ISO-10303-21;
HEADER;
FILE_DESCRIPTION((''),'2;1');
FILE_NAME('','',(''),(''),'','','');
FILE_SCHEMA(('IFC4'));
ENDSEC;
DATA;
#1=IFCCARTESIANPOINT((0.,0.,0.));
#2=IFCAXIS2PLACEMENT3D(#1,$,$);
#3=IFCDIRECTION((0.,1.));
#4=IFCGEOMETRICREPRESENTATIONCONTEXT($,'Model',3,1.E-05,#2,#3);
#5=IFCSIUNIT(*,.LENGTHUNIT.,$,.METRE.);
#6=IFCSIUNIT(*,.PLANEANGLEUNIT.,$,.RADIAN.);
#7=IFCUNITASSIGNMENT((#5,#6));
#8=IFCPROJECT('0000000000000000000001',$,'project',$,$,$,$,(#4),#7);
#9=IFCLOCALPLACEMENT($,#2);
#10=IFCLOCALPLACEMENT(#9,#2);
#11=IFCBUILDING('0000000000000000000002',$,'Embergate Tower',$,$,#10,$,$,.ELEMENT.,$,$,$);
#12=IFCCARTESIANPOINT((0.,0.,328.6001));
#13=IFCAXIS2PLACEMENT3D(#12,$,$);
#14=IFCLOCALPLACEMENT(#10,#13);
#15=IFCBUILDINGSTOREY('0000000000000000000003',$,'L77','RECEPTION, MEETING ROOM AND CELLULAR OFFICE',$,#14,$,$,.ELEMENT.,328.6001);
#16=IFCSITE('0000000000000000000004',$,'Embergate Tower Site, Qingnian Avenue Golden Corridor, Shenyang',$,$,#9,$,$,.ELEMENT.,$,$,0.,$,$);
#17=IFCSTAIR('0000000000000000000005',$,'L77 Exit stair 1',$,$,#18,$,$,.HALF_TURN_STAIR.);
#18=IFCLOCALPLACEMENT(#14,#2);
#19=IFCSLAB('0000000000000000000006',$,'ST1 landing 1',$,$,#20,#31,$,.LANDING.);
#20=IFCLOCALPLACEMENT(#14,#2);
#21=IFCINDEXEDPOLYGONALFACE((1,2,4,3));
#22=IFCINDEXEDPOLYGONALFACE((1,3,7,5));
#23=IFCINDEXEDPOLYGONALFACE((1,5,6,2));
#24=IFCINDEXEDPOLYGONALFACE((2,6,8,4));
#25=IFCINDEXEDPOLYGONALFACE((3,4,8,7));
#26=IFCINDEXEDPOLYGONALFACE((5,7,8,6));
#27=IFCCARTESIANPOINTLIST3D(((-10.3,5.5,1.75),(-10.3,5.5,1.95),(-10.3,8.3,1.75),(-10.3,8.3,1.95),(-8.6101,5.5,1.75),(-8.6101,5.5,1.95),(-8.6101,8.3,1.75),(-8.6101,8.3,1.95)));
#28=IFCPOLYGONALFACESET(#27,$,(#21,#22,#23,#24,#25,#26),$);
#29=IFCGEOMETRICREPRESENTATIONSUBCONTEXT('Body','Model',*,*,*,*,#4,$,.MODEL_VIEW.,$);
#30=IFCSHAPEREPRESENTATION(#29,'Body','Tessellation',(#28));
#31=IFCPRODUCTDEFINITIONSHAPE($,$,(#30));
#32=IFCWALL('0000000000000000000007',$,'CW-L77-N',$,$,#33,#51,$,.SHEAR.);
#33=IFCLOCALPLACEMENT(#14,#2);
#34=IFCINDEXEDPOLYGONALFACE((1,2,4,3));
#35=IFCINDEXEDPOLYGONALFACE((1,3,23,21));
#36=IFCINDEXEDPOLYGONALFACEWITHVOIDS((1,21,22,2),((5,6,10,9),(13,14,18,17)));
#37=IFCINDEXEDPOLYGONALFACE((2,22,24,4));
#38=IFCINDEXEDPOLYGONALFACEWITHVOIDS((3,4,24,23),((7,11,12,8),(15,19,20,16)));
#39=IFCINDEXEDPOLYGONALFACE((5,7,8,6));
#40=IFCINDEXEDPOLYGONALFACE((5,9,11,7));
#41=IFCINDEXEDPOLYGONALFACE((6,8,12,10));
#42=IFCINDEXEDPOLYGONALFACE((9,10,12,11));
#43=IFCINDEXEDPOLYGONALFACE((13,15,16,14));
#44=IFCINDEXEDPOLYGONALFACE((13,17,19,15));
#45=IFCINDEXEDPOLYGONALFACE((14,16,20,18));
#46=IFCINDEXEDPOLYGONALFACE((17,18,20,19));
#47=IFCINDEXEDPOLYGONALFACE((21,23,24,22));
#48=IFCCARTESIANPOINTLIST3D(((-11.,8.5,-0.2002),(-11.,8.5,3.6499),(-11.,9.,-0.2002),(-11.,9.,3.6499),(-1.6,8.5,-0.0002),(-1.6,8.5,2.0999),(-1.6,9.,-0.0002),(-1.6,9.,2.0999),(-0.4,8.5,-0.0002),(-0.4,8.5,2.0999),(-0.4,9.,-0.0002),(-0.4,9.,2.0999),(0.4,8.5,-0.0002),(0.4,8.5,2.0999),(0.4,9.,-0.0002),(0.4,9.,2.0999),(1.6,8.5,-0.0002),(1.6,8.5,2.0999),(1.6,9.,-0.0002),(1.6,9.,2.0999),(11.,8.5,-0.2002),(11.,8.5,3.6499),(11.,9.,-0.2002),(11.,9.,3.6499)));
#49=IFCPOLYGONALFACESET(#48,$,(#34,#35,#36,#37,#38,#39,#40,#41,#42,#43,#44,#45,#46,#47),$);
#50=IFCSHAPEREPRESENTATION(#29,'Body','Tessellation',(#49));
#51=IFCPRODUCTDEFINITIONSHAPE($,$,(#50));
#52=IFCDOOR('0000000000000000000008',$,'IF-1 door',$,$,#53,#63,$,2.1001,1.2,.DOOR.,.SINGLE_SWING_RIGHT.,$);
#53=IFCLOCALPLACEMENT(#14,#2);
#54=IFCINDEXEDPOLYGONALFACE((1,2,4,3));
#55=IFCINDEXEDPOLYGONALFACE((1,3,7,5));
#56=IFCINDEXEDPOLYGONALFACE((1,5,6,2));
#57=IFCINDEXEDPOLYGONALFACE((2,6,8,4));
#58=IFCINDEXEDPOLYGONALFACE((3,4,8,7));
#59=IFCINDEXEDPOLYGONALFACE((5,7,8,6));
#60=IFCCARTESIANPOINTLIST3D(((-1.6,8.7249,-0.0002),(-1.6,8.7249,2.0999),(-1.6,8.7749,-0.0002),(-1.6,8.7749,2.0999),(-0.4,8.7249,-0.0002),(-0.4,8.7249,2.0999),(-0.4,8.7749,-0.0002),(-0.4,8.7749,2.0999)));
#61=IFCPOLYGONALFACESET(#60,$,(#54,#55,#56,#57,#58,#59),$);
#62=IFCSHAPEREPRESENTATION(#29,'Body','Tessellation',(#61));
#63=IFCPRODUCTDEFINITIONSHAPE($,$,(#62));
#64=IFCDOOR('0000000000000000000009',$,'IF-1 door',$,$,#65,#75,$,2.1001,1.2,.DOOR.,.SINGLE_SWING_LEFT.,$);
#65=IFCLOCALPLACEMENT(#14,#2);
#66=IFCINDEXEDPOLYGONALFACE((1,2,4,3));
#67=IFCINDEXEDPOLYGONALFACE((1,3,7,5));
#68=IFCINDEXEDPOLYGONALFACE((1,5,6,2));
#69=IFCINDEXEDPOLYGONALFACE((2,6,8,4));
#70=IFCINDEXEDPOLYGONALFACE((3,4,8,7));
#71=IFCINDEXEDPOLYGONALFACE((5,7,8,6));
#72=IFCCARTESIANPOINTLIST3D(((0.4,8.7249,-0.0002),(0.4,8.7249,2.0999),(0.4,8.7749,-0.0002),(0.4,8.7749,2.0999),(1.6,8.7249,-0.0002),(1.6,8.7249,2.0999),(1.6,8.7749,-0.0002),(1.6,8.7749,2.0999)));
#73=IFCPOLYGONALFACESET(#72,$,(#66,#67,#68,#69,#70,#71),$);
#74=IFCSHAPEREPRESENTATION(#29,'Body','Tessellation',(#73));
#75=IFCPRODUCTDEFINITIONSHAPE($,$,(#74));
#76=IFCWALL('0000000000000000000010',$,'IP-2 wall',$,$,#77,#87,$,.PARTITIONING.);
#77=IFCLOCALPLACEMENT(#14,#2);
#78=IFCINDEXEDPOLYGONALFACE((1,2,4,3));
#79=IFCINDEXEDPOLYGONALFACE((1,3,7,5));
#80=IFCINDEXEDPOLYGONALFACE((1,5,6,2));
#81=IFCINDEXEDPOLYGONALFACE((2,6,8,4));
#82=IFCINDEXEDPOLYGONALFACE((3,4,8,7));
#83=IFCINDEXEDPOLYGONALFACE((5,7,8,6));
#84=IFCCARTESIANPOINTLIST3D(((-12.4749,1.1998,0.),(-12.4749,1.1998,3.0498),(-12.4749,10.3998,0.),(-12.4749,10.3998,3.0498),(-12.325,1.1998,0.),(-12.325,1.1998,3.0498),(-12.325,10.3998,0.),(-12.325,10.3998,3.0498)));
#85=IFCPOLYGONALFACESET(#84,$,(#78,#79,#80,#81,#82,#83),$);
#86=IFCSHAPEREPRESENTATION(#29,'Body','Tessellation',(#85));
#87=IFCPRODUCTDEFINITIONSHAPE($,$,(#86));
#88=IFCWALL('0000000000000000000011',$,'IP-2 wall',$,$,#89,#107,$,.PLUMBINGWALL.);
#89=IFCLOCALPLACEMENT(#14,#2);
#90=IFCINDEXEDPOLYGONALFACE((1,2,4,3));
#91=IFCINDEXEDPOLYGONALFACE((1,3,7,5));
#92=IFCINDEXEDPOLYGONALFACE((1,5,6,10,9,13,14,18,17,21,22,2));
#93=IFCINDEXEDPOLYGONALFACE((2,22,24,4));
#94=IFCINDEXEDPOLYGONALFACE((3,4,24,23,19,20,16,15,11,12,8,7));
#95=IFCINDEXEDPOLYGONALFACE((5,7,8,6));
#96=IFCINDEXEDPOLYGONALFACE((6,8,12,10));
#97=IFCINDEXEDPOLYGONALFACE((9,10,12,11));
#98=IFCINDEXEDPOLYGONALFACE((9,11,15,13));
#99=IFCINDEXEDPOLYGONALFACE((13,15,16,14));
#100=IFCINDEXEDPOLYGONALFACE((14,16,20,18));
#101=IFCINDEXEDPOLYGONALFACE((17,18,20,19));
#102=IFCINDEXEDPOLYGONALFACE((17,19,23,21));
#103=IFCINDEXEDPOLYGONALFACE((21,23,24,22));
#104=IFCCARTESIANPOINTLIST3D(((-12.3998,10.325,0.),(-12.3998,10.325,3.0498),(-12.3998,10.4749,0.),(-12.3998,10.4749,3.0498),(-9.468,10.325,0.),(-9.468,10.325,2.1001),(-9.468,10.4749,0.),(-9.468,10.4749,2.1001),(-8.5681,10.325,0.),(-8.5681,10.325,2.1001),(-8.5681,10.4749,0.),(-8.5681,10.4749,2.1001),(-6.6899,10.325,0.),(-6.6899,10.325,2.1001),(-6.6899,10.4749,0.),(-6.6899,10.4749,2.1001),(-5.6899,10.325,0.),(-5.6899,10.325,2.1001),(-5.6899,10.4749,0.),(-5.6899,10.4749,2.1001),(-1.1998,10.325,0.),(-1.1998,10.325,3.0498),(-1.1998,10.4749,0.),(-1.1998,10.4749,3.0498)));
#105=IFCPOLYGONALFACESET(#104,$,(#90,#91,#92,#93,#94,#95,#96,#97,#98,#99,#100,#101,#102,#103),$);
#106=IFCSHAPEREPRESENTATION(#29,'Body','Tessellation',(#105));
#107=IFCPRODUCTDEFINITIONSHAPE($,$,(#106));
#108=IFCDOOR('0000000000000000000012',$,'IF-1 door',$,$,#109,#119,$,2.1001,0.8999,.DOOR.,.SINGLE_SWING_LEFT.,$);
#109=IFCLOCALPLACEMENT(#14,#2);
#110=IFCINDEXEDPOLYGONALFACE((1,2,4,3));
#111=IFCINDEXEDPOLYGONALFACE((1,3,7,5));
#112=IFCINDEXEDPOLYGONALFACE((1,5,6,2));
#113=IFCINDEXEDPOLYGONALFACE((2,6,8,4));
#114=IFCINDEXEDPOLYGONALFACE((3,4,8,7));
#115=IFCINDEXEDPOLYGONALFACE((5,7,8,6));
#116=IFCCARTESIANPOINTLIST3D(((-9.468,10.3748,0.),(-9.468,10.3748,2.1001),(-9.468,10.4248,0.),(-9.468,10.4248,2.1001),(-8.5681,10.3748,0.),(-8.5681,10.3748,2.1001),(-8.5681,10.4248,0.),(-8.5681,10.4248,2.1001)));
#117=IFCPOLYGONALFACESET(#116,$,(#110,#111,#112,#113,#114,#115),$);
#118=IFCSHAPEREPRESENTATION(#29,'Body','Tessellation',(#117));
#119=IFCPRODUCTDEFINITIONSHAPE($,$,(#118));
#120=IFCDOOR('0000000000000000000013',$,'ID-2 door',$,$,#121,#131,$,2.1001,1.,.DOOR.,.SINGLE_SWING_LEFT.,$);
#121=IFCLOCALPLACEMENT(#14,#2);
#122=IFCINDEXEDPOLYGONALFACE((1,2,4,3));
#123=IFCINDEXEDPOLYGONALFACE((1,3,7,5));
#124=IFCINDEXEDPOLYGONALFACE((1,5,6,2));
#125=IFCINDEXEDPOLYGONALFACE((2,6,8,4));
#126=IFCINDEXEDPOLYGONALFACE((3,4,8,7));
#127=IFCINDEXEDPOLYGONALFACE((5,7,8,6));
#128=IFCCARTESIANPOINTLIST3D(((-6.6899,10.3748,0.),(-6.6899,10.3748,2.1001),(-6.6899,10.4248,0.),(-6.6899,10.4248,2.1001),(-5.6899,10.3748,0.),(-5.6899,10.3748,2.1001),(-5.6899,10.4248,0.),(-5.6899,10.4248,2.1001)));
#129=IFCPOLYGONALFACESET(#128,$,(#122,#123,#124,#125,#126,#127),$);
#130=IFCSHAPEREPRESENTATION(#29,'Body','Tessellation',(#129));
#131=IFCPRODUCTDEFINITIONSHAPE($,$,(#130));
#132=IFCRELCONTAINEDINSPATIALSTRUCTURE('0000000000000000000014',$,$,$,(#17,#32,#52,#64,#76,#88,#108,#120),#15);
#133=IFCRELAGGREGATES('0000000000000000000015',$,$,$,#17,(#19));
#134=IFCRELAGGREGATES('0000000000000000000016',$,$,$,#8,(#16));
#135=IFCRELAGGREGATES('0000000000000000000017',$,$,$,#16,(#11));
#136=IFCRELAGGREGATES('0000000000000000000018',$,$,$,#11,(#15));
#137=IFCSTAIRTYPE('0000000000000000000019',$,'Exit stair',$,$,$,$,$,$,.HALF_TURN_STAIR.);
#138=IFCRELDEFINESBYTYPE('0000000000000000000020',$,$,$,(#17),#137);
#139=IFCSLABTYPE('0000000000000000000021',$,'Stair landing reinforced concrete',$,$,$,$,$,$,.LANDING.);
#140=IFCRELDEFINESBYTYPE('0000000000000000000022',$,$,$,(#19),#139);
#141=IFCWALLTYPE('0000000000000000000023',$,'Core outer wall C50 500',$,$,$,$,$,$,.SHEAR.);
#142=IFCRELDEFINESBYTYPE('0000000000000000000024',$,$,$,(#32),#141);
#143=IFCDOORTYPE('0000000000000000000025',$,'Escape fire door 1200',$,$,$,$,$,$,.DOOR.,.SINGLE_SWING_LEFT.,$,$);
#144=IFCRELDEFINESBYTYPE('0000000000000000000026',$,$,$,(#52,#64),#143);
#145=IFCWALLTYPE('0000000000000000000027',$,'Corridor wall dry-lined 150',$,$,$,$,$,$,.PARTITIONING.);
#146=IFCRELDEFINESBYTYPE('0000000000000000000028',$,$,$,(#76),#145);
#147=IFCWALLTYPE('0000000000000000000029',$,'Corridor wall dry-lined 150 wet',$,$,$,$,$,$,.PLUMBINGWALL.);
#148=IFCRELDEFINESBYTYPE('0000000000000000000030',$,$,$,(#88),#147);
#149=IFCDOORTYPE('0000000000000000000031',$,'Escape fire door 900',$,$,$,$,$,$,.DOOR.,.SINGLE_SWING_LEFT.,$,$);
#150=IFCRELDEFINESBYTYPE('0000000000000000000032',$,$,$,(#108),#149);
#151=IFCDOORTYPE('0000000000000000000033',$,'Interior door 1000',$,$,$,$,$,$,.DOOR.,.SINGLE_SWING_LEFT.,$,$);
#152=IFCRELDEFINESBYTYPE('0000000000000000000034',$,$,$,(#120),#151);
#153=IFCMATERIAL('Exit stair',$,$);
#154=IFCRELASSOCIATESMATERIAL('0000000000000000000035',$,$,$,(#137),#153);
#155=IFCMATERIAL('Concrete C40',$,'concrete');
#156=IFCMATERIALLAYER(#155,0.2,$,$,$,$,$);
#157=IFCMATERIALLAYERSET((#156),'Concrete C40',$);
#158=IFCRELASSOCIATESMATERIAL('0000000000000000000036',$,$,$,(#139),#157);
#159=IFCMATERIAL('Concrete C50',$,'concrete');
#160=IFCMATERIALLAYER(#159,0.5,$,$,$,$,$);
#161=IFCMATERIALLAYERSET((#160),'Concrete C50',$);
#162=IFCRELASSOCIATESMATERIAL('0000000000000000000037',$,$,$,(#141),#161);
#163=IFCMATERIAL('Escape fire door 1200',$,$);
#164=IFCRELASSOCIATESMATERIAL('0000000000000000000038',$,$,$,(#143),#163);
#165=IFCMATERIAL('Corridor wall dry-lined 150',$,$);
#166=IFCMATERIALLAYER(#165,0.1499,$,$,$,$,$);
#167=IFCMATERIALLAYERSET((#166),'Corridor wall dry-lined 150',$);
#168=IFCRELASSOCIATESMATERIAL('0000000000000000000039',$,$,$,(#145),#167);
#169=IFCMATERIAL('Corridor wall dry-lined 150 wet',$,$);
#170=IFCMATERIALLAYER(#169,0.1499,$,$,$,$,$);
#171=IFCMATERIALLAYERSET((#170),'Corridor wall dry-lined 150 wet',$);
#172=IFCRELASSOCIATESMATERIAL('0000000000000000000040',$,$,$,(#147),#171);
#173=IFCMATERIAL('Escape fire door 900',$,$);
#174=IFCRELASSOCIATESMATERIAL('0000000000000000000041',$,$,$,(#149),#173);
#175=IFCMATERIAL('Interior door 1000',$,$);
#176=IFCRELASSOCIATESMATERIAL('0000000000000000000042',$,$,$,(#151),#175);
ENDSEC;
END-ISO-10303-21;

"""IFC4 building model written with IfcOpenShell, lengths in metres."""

from ifc_helpers import new_model, si_unit, direction, frame, frame_2d, origin, place, context, subcontext, project, spatial, polyline, rectangle, outline, extrude, source, transform, mapped, material, layer, layer_set, type_object, element, fill, aggregate, save


model = new_model("IFC4")

# Units and contexts
model_context = context("Model", 3, precision=1e-05, world=origin(), true_north=direction((0.0, 1.0)))
body_context = subcontext(model_context, "Body", "Model", "MODEL_VIEW")
ifc_project = project(units=[si_unit("LENGTHUNIT", "METRE"), si_unit("PLANEANGLEUNIT", "RADIAN")], contexts=[model_context])

# Site, building, storey
site_placement = place(None, origin())
site = spatial("IfcSite", under=ifc_project, at=site_placement, Name="Embergate Tower Site, Qingnian Avenue Golden Corridor, Shenyang", CompositionType="ELEMENT", RefElevation=0.0)
building_placement = place(site_placement, origin())
building = spatial("IfcBuilding", under=site, at=building_placement, Name="Embergate Tower", CompositionType="ELEMENT")
storey_placement = place(building_placement, frame((0.0, 0.0, 328.6001)))
storey = spatial("IfcBuildingStorey", under=building, at=storey_placement, Name="L77", Description="RECEPTION, MEETING ROOM AND CELLULAR OFFICE", CompositionType="ELEMENT", Elevation=328.6001)

# Stair, slab
ifc_material_1 = material(Name="Exit stair")
stair_type = type_object("IfcStairType", Name="Exit stair", PredefinedType="HALF_TURN_STAIR", material=ifc_material_1)
stair_placement = place(storey_placement, origin())
stair = element("IfcStair", 1, at=stair_placement, inside=storey, type_object=stair_type, Name="L77 Exit stair 1", PredefinedType="HALF_TURN_STAIR")
ifc_material_2 = material(Name="Concrete C40", Category="concrete")
ifc_layer_1 = layer(ifc_material_2, 0.2)
ifc_layer_set_1 = layer_set([ifc_layer_1], Name="Concrete C40")
slab_type = type_object("IfcSlabType", Name="Stair landing reinforced concrete", PredefinedType="LANDING", material=ifc_layer_set_1)
shared_shape_1 = source(origin(), body_context, "Body", "SweptSolid", [
    extrude(outline(polyline([(0.0, 0.0), (1.6899, 0.0), (1.6899, 2.8), (0.0, 2.8), (0.0, 0.0)])), origin(), (0.0, 0.0, 1.0), 0.2),
])
slab_placement = place(storey_placement, frame((-10.3, 5.5, 1.75)))
slab = element("IfcSlab", 2, at=slab_placement, type_object=slab_type, Name="ST1 landing 1", PredefinedType="LANDING", context=body_context, shape_type="MappedRepresentation", body=[
    mapped(shared_shape_1, transform((0.0, 0.0, 0.0))),
])

# Wall, openings, doors
ifc_material_3 = material(Name="Concrete C50", Category="concrete")
ifc_layer_2 = layer(ifc_material_3, 0.5)
ifc_layer_set_2 = layer_set([ifc_layer_2], Name="Concrete C50")
wall_type_1 = type_object("IfcWallType", Name="Core outer wall C50 500", PredefinedType="SHEAR", material=ifc_layer_set_2)
shared_shape_2 = source(origin(), body_context, "Body", "SweptSolid", [
    extrude(rectangle(XDim=22.0, YDim=0.5, at=frame_2d((11.0, 0.0))), origin(), (0.0, 0.0, 1.0), 3.8501),
])
wall_1_placement = place(storey_placement, frame((-11.0, 8.75, -0.2002), z_axis=(0.0, 0.0, 1.0), x_axis=(1.0, 0.0, 0.0)))
wall_1 = element("IfcWall", 3, at=wall_1_placement, inside=storey, type_object=wall_type_1, Name="CW-L77-N", PredefinedType="SHEAR", context=body_context, shape_type="MappedRepresentation", body=[
    mapped(shared_shape_2, transform((0.0, 0.0, 0.0))),
])
shared_shape_3 = source(origin(), body_context, "Body", "SweptSolid", [
    extrude(rectangle(XDim=1.2, YDim=2.1001, at=frame_2d((0.6001, 1.05))), frame((0.0, 0.26, 0.0), z_axis=(0.0, -1.0, 0.0), x_axis=(1.0, 0.0, 0.0)), (0.0, 0.0, 1.0), 0.52),
])
opening_1_placement = place(wall_1_placement, frame((9.3999, 0.0, 0.2)))
opening_1 = element("IfcOpeningElement", 4, at=opening_1_placement, cuts=wall_1, PredefinedType="OPENING", context=body_context, shape_type="MappedRepresentation", body=[
    mapped(shared_shape_3, transform((0.0, 0.0, 0.0))),
])
opening_2_placement = place(wall_1_placement, frame((11.3999, 0.0, 0.2)))
opening_2 = element("IfcOpeningElement", 5, at=opening_2_placement, cuts=wall_1, PredefinedType="OPENING", context=body_context, shape_type="MappedRepresentation", body=[
    mapped(shared_shape_3, transform((0.0, 0.0, 0.0))),
])
ifc_material_4 = material(Name="Escape fire door 1200")
door_type_1 = type_object("IfcDoorType", Name="Escape fire door 1200", OperationType="SINGLE_SWING_LEFT", PredefinedType="DOOR", material=ifc_material_4)
shared_shape_4 = source(origin(), body_context, "Body", "SweptSolid", [
    extrude(rectangle(XDim=1.2, YDim=2.1001, at=frame_2d((0.6001, 1.05))), frame((0.0, 0.0249, 0.0), z_axis=(0.0, -1.0, 0.0), x_axis=(1.0, 0.0, 0.0)), (0.0, 0.0, 1.0), 0.05),
])
door_1_placement = place(opening_1_placement, origin())
door_1 = element("IfcDoor", 6, at=door_1_placement, inside=storey, type_object=door_type_1, Name="IF-1 door", OperationType="SINGLE_SWING_RIGHT", OverallHeight=2.1001, OverallWidth=1.2, PredefinedType="DOOR", context=body_context, shape_type="MappedRepresentation", body=[
    mapped(shared_shape_4, transform((0.0, 0.0, 0.0))),
])
fill(opening_1, door_1)
door_2_placement = place(opening_2_placement, origin())
door_2 = element("IfcDoor", 7, at=door_2_placement, inside=storey, type_object=door_type_1, Name="IF-1 door", OperationType="SINGLE_SWING_LEFT", OverallHeight=2.1001, OverallWidth=1.2, PredefinedType="DOOR", context=body_context, shape_type="MappedRepresentation", body=[
    mapped(shared_shape_4, transform((0.0, 0.0, 0.0))),
])
fill(opening_2, door_2)

# Wall
ifc_material_5 = material(Name="Corridor wall dry-lined 150")
ifc_layer_3 = layer(ifc_material_5, 0.1499)
ifc_layer_set_3 = layer_set([ifc_layer_3], Name="Corridor wall dry-lined 150")
wall_type_2 = type_object("IfcWallType", Name="Corridor wall dry-lined 150", PredefinedType="PARTITIONING", material=ifc_layer_set_3)
shared_shape_5 = source(origin(), body_context, "Body", "SweptSolid", [
    extrude(rectangle(XDim=9.2, YDim=0.1499, at=frame_2d((4.6001, 0.0))), origin(), (0.0, 0.0, 1.0), 3.0498),
])
wall_2_placement = place(storey_placement, frame((-12.3999, 10.3999, 0.0), z_axis=(0.0, 0.0, 1.0), x_axis=(0.0, -1.0, 0.0)))
element("IfcWall", 8, at=wall_2_placement, inside=storey, type_object=wall_type_2, Name="IP-2 wall", PredefinedType="PARTITIONING", context=body_context, shape_type="MappedRepresentation", body=[
    mapped(shared_shape_5, transform((0.0, 0.0, 0.0))),
])

# Wall, openings, doors
ifc_material_6 = material(Name="Corridor wall dry-lined 150 wet")
ifc_layer_4 = layer(ifc_material_6, 0.1499)
ifc_layer_set_4 = layer_set([ifc_layer_4], Name="Corridor wall dry-lined 150 wet")
wall_type_3 = type_object("IfcWallType", Name="Corridor wall dry-lined 150 wet", PredefinedType="PLUMBINGWALL", material=ifc_layer_set_4)
shared_shape_6 = source(origin(), body_context, "Body", "SweptSolid", [
    extrude(rectangle(XDim=11.2, YDim=0.1499, at=frame_2d((5.6001, 0.0))), origin(), (0.0, 0.0, 1.0), 3.0498),
])
wall_3_placement = place(storey_placement, frame((-12.3999, 10.3999, 0.0), z_axis=(0.0, 0.0, 1.0), x_axis=(1.0, 0.0, 0.0)))
wall_3 = element("IfcWall", 9, at=wall_3_placement, inside=storey, type_object=wall_type_3, Name="IP-2 wall", PredefinedType="PLUMBINGWALL", context=body_context, shape_type="MappedRepresentation", body=[
    mapped(shared_shape_6, transform((0.0, 0.0, 0.0))),
])
shared_shape_7 = source(origin(), body_context, "Body", "SweptSolid", [
    extrude(rectangle(XDim=1.0, YDim=2.1001, at=frame_2d((0.5, 1.05))), frame((0.0, 0.085, 0.0), z_axis=(0.0, -1.0, 0.0), x_axis=(1.0, 0.0, 0.0)), (0.0, 0.0, 1.0), 0.1699),
])
opening_3_placement = place(wall_3_placement, frame((5.71, 0.0, 0.0)))
opening_3 = element("IfcOpeningElement", 10, at=opening_3_placement, cuts=wall_3, PredefinedType="OPENING", context=body_context, shape_type="MappedRepresentation", body=[
    mapped(shared_shape_7, transform((0.0, 0.0, 0.0))),
])
shared_shape_8 = source(origin(), body_context, "Body", "SweptSolid", [
    extrude(rectangle(XDim=0.8999, YDim=2.1001, at=frame_2d((0.45, 1.05))), frame((0.0, 0.085, 0.0), z_axis=(0.0, -1.0, 0.0), x_axis=(1.0, 0.0, 0.0)), (0.0, 0.0, 1.0), 0.1699),
])
opening_4_placement = place(wall_3_placement, frame((2.9319, 0.0, 0.0)))
opening_4 = element("IfcOpeningElement", 11, at=opening_4_placement, cuts=wall_3, PredefinedType="OPENING", context=body_context, shape_type="MappedRepresentation", body=[
    mapped(shared_shape_8, transform((0.0, 0.0, 0.0))),
])
ifc_material_7 = material(Name="Escape fire door 900")
door_type_2 = type_object("IfcDoorType", Name="Escape fire door 900", OperationType="SINGLE_SWING_LEFT", PredefinedType="DOOR", material=ifc_material_7)
shared_shape_9 = source(origin(), body_context, "Body", "SweptSolid", [
    extrude(rectangle(XDim=0.8999, YDim=2.1001, at=frame_2d((0.45, 1.05))), frame((0.0, 0.0249, 0.0), z_axis=(0.0, -1.0, 0.0), x_axis=(1.0, 0.0, 0.0)), (0.0, 0.0, 1.0), 0.05),
])
door_3_placement = place(opening_4_placement, origin())
door_3 = element("IfcDoor", 12, at=door_3_placement, inside=storey, type_object=door_type_2, Name="IF-1 door", OperationType="SINGLE_SWING_LEFT", OverallHeight=2.1001, OverallWidth=0.8999, PredefinedType="DOOR", context=body_context, shape_type="MappedRepresentation", body=[
    mapped(shared_shape_9, transform((0.0, 0.0, 0.0))),
])
fill(opening_4, door_3)
ifc_material_8 = material(Name="Interior door 1000")
door_type_3 = type_object("IfcDoorType", Name="Interior door 1000", OperationType="SINGLE_SWING_LEFT", PredefinedType="DOOR", material=ifc_material_8)
shared_shape_10 = source(origin(), body_context, "Body", "SweptSolid", [
    extrude(rectangle(XDim=1.0, YDim=2.1001, at=frame_2d((0.5, 1.05))), frame((0.0, 0.0249, 0.0), z_axis=(0.0, -1.0, 0.0), x_axis=(1.0, 0.0, 0.0)), (0.0, 0.0, 1.0), 0.05),
])
door_4_placement = place(opening_3_placement, origin())
door_4 = element("IfcDoor", 13, at=door_4_placement, inside=storey, type_object=door_type_3, Name="ID-2 door", OperationType="SINGLE_SWING_LEFT", OverallHeight=2.1001, OverallWidth=1.0, PredefinedType="DOOR", context=body_context, shape_type="MappedRepresentation", body=[
    mapped(shared_shape_10, transform((0.0, 0.0, 0.0))),
])
fill(opening_3, door_4)

aggregate(stair, [slab])

save(model, "model.ifc")
